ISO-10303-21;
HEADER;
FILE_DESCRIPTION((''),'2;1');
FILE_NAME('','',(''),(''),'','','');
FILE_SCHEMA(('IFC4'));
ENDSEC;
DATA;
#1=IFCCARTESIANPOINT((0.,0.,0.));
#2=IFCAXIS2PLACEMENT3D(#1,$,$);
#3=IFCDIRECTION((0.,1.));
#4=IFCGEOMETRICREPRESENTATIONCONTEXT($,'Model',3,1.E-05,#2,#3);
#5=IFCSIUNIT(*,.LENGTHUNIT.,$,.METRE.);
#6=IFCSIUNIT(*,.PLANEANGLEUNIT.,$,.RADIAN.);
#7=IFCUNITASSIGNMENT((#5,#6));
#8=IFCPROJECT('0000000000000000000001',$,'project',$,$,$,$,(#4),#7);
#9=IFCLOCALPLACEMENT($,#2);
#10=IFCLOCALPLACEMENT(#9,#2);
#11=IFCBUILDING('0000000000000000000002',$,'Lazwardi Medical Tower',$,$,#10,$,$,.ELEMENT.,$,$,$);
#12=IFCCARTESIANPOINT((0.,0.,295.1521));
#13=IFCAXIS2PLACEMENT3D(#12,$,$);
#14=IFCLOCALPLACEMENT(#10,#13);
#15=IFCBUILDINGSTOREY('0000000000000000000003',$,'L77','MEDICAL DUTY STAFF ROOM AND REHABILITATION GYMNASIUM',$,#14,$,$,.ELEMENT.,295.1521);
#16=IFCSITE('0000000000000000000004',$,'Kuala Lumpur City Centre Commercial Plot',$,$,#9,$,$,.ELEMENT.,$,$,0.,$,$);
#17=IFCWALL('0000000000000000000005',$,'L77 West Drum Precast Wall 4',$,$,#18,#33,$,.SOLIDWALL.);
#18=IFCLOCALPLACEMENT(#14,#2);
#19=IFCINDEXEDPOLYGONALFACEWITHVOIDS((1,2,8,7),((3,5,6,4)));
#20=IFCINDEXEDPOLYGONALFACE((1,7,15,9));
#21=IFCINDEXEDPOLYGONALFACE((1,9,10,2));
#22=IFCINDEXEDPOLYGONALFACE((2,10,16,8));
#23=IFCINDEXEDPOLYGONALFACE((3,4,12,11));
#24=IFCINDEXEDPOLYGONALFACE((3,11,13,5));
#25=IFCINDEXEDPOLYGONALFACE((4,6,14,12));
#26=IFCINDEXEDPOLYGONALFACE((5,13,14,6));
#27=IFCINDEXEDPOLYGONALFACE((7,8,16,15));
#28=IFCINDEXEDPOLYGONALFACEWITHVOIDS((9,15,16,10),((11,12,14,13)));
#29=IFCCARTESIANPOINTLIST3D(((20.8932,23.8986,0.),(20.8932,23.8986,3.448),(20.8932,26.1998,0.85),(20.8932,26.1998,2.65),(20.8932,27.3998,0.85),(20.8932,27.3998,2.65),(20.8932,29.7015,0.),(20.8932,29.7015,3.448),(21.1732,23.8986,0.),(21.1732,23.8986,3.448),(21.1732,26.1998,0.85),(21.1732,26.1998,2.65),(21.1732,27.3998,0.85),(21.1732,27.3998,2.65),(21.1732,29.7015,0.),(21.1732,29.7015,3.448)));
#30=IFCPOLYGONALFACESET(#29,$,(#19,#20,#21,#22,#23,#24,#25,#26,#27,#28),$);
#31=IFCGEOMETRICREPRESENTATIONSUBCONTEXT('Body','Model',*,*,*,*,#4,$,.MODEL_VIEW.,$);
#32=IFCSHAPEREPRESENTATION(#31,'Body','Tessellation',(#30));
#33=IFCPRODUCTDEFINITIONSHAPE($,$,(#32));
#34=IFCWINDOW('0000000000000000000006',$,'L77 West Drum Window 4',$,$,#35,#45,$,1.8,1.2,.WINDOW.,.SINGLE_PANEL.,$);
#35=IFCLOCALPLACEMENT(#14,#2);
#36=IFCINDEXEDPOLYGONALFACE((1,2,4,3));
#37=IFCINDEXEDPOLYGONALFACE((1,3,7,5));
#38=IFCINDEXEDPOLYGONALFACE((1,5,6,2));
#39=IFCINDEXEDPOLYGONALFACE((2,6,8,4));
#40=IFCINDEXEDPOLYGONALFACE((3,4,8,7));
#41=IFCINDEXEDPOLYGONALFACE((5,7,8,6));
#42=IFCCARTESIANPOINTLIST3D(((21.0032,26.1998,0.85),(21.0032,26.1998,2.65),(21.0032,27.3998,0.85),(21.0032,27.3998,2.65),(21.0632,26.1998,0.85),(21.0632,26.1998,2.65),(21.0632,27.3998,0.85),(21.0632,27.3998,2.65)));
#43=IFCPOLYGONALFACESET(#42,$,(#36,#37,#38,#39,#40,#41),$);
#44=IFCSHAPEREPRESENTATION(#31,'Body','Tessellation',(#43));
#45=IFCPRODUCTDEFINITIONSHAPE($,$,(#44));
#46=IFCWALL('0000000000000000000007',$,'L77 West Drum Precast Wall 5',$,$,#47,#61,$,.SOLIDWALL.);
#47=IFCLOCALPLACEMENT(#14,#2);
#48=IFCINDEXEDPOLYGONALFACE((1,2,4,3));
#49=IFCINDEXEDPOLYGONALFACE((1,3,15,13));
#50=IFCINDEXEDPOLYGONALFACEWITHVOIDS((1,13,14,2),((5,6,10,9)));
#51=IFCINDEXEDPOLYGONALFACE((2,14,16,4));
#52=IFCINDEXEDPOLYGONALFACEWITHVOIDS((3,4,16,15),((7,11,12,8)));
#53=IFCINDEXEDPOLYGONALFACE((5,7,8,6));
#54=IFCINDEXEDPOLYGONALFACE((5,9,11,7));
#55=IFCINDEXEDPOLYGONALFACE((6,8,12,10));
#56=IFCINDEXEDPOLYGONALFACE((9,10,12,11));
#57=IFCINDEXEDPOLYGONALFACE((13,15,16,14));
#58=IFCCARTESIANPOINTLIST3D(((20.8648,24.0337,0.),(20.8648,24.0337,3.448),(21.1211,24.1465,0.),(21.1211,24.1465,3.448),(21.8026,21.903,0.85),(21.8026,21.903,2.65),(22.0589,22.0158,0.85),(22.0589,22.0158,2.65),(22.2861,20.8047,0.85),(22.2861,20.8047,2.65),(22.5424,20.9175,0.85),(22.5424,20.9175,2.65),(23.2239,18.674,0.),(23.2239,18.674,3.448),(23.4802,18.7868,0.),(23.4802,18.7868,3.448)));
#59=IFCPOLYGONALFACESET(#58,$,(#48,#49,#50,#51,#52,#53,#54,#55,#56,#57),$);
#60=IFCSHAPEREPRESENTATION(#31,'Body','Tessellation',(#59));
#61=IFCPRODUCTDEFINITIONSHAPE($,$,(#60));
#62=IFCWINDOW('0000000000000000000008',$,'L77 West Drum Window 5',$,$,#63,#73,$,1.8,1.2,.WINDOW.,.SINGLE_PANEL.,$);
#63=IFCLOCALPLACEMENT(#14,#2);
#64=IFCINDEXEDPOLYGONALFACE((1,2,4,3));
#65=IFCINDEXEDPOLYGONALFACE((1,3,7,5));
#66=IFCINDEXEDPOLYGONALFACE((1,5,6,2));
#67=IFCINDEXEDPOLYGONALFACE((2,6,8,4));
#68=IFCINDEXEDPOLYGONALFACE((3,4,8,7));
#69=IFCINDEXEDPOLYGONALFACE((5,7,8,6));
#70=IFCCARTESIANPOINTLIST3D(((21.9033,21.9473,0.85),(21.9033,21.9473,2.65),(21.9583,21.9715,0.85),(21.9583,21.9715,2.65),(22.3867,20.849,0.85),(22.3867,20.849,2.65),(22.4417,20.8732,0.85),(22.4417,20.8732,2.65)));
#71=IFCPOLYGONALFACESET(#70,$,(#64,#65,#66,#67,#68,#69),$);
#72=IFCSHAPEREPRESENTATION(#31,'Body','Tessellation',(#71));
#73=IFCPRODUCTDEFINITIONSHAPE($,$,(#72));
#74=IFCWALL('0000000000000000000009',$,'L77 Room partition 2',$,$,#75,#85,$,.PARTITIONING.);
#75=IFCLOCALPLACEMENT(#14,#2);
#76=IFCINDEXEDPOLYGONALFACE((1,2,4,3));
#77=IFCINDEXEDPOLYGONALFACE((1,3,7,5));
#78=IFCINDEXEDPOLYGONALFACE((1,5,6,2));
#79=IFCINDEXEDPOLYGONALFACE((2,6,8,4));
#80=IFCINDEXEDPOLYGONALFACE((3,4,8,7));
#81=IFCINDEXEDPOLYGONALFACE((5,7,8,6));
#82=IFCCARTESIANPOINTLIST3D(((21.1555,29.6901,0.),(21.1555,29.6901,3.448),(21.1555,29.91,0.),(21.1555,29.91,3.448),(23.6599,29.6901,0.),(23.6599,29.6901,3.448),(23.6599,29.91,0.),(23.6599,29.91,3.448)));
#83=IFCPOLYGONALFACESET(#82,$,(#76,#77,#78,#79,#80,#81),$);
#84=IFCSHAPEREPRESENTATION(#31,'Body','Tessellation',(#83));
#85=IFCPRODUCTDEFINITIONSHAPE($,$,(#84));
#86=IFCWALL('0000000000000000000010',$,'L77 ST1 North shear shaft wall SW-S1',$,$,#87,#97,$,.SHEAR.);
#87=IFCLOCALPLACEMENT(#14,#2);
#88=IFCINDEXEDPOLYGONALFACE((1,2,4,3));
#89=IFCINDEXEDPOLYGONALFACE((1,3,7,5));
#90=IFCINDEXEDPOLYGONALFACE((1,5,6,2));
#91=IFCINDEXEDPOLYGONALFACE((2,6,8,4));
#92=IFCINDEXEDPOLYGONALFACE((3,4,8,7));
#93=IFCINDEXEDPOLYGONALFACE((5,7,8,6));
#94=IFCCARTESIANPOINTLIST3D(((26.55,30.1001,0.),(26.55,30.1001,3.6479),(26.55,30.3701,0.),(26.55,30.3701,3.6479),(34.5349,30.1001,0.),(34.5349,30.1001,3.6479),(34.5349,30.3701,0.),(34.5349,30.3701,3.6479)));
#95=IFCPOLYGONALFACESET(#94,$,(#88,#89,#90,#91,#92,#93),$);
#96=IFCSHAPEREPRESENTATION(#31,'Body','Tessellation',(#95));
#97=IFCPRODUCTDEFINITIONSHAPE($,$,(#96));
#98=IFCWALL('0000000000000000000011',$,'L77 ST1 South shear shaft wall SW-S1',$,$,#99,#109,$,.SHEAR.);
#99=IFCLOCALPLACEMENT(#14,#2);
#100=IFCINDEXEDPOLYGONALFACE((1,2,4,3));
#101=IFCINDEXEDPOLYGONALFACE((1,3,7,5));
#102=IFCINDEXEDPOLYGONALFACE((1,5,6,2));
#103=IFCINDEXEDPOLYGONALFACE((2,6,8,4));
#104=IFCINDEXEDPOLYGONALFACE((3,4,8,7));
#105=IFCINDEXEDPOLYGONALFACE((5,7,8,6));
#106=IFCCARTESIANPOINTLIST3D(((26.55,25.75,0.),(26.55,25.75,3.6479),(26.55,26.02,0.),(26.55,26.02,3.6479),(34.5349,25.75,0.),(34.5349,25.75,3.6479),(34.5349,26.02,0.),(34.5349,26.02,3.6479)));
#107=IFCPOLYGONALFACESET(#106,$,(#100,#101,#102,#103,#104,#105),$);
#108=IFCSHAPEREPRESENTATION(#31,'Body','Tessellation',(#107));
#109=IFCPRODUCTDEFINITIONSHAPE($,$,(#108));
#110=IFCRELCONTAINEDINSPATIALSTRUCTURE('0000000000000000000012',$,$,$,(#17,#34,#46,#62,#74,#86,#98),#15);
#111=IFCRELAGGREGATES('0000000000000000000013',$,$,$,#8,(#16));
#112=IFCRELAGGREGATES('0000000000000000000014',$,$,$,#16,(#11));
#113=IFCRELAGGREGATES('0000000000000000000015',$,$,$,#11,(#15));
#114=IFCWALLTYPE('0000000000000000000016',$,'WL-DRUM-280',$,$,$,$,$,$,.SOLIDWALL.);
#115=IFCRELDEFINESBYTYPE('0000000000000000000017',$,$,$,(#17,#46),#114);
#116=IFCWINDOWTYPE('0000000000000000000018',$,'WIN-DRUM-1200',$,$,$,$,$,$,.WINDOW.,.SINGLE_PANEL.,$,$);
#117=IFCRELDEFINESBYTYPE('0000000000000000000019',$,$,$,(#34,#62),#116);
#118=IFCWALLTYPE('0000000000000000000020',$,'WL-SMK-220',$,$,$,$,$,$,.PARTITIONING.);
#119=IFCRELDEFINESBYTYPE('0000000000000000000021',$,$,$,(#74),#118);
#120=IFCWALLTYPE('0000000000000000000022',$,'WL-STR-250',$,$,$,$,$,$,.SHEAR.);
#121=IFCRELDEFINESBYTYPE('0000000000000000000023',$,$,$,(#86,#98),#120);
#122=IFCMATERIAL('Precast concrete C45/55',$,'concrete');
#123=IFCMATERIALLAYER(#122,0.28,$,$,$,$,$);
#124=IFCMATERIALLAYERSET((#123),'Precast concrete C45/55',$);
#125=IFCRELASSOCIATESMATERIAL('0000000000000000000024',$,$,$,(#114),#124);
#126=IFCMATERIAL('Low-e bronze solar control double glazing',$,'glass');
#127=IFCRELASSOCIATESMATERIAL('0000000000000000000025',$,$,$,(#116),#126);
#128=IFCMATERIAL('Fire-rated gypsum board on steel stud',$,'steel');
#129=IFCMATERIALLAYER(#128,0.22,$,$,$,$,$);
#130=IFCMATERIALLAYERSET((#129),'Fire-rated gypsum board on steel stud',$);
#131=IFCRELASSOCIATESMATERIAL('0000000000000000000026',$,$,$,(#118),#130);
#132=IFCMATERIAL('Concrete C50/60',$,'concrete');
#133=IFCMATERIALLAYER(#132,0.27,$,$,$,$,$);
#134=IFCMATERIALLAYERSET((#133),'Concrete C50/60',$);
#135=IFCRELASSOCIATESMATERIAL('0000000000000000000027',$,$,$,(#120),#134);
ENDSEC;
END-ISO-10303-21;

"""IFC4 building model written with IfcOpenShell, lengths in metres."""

from ifc_helpers import new_model, si_unit, direction, frame, frame_2d, origin, place, context, subcontext, project, spatial, rectangle, extrude, material, layer, layer_set, type_object, element, fill, save


model = new_model("IFC4")

# Units and contexts
model_context = context("Model", 3, precision=1e-05, world=origin(), true_north=direction((0.0, 1.0)))
body_context = subcontext(model_context, "Body", "Model", "MODEL_VIEW")
ifc_project = project(units=[si_unit("LENGTHUNIT", "METRE"), si_unit("PLANEANGLEUNIT", "RADIAN")], contexts=[model_context])

# Site, building, storey
site_placement = place(None, origin())
site = spatial("IfcSite", under=ifc_project, at=site_placement, Name="Kuala Lumpur City Centre Commercial Plot", CompositionType="ELEMENT", RefElevation=0.0)
building_placement = place(site_placement, origin())
building = spatial("IfcBuilding", under=site, at=building_placement, Name="Lazwardi Medical Tower", CompositionType="ELEMENT")
storey_placement = place(building_placement, frame((0.0, 0.0, 295.1521)))
storey = spatial("IfcBuildingStorey", under=building, at=storey_placement, Name="L77", Description="MEDICAL DUTY STAFF ROOM AND REHABILITATION GYMNASIUM", CompositionType="ELEMENT", Elevation=295.1521)

# Shared definitions
ifc_material_1 = material(Name="Fire-rated gypsum board on steel stud", Category="steel")

# Walls, openings, windows
ifc_material_2 = material(Name="Precast concrete C45/55", Category="concrete")
ifc_layer_1 = layer(ifc_material_2, 0.28)
ifc_layer_set_1 = layer_set([ifc_layer_1], Name="Precast concrete C45/55")
wall_type_1 = type_object("IfcWallType", Name="WL-DRUM-280", PredefinedType="SOLIDWALL", material=ifc_layer_set_1)
wall_1_placement = place(storey_placement, frame((21.0332, 29.7014, 0.0), z_axis=(0.0, 0.0, 1.0), x_axis=(0.0, -1.0, 0.0)))
wall_1 = element("IfcWall", 1, at=wall_1_placement, inside=storey, type_object=wall_type_1, Name="L77 West Drum Precast Wall 4", PredefinedType="SOLIDWALL", context=body_context, shape_type="SweptSolid", body=[
    extrude(rectangle(XDim=5.803, YDim=0.28, at=frame_2d((2.9014, 0.0))), origin(), (0.0, 0.0, 1.0), 3.448),
])
opening_1_placement = place(wall_1_placement, frame((2.3015, 0.0, 0.8501)))
opening_1 = element("IfcOpeningElement", 2, at=opening_1_placement, cuts=wall_1, PredefinedType="OPENING", context=body_context, shape_type="SweptSolid", body=[
    extrude(rectangle(XDim=1.2, YDim=1.8, at=frame_2d((0.6001, 0.8999))), frame((0.0, 0.1499, 0.0), z_axis=(0.0, -1.0, 0.0), x_axis=(1.0, 0.0, 0.0)), (0.0, 0.0, 1.0), 0.3),
])
ifc_material_3 = material(Name="Low-e bronze solar control double glazing", Category="glass")
window_type = type_object("IfcWindowType", Name="WIN-DRUM-1200", PartitioningType="SINGLE_PANEL", PredefinedType="WINDOW", material=ifc_material_3)
window_1_placement = place(opening_1_placement, origin())
window_1 = element("IfcWindow", 3, at=window_1_placement, inside=storey, type_object=window_type, Name="L77 West Drum Window 4", OverallHeight=1.8, OverallWidth=1.2, PartitioningType="SINGLE_PANEL", PredefinedType="WINDOW", context=body_context, shape_type="SweptSolid", body=[
    extrude(rectangle(XDim=1.2, YDim=1.8, at=frame_2d((0.6001, 0.8999))), frame((0.0, 0.03, 0.0), z_axis=(0.0, -1.0, 0.0), x_axis=(1.0, 0.0, 0.0)), (0.0, 0.0, 1.0), 0.0601),
])
fill(opening_1, window_1)
wall_2_placement = place(storey_placement, frame((20.9929, 24.0901, 0.0), z_axis=(0.0, 0.0, 1.0), x_axis=(0.402867, -0.915258, 0.0)))
wall_2 = element("IfcWall", 4, at=wall_2_placement, inside=storey, type_object=wall_type_1, Name="L77 West Drum Precast Wall 5", PredefinedType="SOLIDWALL", context=body_context, shape_type="SweptSolid", body=[
    extrude(rectangle(XDim=5.856, YDim=0.28, at=frame_2d((2.928, 0.0))), origin(), (0.0, 0.0, 1.0), 3.448),
])
opening_2_placement = place(wall_2_placement, frame((2.3279, 0.0, 0.8501)))
opening_2 = element("IfcOpeningElement", 5, at=opening_2_placement, cuts=wall_2, PredefinedType="OPENING", context=body_context, shape_type="SweptSolid", body=[
    extrude(rectangle(XDim=1.2, YDim=1.8, at=frame_2d((0.6001, 0.8999))), frame((0.0, 0.1499, 0.0), z_axis=(0.0, -1.0, 0.0), x_axis=(1.0, 0.0, 0.0)), (0.0, 0.0, 1.0), 0.3),
])
window_2_placement = place(opening_2_placement, origin())
window_2 = element("IfcWindow", 6, at=window_2_placement, inside=storey, type_object=window_type, Name="L77 West Drum Window 5", OverallHeight=1.8, OverallWidth=1.2, PartitioningType="SINGLE_PANEL", PredefinedType="WINDOW", context=body_context, shape_type="SweptSolid", body=[
    extrude(rectangle(XDim=1.2, YDim=1.8, at=frame_2d((0.6001, 0.8999))), frame((0.0, 0.03, 0.0), z_axis=(0.0, -1.0, 0.0), x_axis=(1.0, 0.0, 0.0)), (0.0, 0.0, 1.0), 0.0601),
])
fill(opening_2, window_2)

# Walls
ifc_layer_2 = layer(ifc_material_1, 0.22)
ifc_layer_set_2 = layer_set([ifc_layer_2], Name="Fire-rated gypsum board on steel stud")
wall_type_2 = type_object("IfcWallType", Name="WL-SMK-220", PredefinedType="PARTITIONING", material=ifc_layer_set_2)
wall_3_placement = place(storey_placement, frame((21.1555, 29.8, 0.0), z_axis=(0.0, 0.0, 1.0), x_axis=(1.0, 0.0, 0.0)))
element("IfcWall", 7, at=wall_3_placement, inside=storey, type_object=wall_type_2, Name="L77 Room partition 2", PredefinedType="PARTITIONING", context=body_context, shape_type="SweptSolid", body=[
    extrude(rectangle(XDim=2.5044, YDim=0.22, at=frame_2d((1.2522, 0.0))), origin(), (0.0, 0.0, 1.0), 3.448),
])
ifc_material_4 = material(Name="Concrete C50/60", Category="concrete")
ifc_layer_3 = layer(ifc_material_4, 0.27)
ifc_layer_set_3 = layer_set([ifc_layer_3], Name="Concrete C50/60")
wall_type_3 = type_object("IfcWallType", Name="WL-STR-250", PredefinedType="SHEAR", material=ifc_layer_set_3)
for number, where, z_axis, x_axis, name in (
    (8, (26.55, 30.2351, 0.0), (0.0, 0.0, 1.0), (1.0, 0.0, 0.0), "L77 ST1 North shear shaft wall SW-S1"),
    (9, (26.55, 25.885, 0.0), (0.0, 0.0, 1.0), (1.0, 0.0, 0.0), "L77 ST1 South shear shaft wall SW-S1"),
):
    element("IfcWall", number, at=place(storey_placement, frame(where, z_axis=z_axis, x_axis=x_axis)), inside=storey, type_object=wall_type_3, Name=name, PredefinedType="SHEAR", context=body_context, shape_type="SweptSolid", body=[
        extrude(rectangle(XDim=7.9849, YDim=0.27, at=frame_2d((3.9924, 0.0))), origin(), (0.0, 0.0, 1.0), 3.6479),
    ])

save(model, "model.ifc")
